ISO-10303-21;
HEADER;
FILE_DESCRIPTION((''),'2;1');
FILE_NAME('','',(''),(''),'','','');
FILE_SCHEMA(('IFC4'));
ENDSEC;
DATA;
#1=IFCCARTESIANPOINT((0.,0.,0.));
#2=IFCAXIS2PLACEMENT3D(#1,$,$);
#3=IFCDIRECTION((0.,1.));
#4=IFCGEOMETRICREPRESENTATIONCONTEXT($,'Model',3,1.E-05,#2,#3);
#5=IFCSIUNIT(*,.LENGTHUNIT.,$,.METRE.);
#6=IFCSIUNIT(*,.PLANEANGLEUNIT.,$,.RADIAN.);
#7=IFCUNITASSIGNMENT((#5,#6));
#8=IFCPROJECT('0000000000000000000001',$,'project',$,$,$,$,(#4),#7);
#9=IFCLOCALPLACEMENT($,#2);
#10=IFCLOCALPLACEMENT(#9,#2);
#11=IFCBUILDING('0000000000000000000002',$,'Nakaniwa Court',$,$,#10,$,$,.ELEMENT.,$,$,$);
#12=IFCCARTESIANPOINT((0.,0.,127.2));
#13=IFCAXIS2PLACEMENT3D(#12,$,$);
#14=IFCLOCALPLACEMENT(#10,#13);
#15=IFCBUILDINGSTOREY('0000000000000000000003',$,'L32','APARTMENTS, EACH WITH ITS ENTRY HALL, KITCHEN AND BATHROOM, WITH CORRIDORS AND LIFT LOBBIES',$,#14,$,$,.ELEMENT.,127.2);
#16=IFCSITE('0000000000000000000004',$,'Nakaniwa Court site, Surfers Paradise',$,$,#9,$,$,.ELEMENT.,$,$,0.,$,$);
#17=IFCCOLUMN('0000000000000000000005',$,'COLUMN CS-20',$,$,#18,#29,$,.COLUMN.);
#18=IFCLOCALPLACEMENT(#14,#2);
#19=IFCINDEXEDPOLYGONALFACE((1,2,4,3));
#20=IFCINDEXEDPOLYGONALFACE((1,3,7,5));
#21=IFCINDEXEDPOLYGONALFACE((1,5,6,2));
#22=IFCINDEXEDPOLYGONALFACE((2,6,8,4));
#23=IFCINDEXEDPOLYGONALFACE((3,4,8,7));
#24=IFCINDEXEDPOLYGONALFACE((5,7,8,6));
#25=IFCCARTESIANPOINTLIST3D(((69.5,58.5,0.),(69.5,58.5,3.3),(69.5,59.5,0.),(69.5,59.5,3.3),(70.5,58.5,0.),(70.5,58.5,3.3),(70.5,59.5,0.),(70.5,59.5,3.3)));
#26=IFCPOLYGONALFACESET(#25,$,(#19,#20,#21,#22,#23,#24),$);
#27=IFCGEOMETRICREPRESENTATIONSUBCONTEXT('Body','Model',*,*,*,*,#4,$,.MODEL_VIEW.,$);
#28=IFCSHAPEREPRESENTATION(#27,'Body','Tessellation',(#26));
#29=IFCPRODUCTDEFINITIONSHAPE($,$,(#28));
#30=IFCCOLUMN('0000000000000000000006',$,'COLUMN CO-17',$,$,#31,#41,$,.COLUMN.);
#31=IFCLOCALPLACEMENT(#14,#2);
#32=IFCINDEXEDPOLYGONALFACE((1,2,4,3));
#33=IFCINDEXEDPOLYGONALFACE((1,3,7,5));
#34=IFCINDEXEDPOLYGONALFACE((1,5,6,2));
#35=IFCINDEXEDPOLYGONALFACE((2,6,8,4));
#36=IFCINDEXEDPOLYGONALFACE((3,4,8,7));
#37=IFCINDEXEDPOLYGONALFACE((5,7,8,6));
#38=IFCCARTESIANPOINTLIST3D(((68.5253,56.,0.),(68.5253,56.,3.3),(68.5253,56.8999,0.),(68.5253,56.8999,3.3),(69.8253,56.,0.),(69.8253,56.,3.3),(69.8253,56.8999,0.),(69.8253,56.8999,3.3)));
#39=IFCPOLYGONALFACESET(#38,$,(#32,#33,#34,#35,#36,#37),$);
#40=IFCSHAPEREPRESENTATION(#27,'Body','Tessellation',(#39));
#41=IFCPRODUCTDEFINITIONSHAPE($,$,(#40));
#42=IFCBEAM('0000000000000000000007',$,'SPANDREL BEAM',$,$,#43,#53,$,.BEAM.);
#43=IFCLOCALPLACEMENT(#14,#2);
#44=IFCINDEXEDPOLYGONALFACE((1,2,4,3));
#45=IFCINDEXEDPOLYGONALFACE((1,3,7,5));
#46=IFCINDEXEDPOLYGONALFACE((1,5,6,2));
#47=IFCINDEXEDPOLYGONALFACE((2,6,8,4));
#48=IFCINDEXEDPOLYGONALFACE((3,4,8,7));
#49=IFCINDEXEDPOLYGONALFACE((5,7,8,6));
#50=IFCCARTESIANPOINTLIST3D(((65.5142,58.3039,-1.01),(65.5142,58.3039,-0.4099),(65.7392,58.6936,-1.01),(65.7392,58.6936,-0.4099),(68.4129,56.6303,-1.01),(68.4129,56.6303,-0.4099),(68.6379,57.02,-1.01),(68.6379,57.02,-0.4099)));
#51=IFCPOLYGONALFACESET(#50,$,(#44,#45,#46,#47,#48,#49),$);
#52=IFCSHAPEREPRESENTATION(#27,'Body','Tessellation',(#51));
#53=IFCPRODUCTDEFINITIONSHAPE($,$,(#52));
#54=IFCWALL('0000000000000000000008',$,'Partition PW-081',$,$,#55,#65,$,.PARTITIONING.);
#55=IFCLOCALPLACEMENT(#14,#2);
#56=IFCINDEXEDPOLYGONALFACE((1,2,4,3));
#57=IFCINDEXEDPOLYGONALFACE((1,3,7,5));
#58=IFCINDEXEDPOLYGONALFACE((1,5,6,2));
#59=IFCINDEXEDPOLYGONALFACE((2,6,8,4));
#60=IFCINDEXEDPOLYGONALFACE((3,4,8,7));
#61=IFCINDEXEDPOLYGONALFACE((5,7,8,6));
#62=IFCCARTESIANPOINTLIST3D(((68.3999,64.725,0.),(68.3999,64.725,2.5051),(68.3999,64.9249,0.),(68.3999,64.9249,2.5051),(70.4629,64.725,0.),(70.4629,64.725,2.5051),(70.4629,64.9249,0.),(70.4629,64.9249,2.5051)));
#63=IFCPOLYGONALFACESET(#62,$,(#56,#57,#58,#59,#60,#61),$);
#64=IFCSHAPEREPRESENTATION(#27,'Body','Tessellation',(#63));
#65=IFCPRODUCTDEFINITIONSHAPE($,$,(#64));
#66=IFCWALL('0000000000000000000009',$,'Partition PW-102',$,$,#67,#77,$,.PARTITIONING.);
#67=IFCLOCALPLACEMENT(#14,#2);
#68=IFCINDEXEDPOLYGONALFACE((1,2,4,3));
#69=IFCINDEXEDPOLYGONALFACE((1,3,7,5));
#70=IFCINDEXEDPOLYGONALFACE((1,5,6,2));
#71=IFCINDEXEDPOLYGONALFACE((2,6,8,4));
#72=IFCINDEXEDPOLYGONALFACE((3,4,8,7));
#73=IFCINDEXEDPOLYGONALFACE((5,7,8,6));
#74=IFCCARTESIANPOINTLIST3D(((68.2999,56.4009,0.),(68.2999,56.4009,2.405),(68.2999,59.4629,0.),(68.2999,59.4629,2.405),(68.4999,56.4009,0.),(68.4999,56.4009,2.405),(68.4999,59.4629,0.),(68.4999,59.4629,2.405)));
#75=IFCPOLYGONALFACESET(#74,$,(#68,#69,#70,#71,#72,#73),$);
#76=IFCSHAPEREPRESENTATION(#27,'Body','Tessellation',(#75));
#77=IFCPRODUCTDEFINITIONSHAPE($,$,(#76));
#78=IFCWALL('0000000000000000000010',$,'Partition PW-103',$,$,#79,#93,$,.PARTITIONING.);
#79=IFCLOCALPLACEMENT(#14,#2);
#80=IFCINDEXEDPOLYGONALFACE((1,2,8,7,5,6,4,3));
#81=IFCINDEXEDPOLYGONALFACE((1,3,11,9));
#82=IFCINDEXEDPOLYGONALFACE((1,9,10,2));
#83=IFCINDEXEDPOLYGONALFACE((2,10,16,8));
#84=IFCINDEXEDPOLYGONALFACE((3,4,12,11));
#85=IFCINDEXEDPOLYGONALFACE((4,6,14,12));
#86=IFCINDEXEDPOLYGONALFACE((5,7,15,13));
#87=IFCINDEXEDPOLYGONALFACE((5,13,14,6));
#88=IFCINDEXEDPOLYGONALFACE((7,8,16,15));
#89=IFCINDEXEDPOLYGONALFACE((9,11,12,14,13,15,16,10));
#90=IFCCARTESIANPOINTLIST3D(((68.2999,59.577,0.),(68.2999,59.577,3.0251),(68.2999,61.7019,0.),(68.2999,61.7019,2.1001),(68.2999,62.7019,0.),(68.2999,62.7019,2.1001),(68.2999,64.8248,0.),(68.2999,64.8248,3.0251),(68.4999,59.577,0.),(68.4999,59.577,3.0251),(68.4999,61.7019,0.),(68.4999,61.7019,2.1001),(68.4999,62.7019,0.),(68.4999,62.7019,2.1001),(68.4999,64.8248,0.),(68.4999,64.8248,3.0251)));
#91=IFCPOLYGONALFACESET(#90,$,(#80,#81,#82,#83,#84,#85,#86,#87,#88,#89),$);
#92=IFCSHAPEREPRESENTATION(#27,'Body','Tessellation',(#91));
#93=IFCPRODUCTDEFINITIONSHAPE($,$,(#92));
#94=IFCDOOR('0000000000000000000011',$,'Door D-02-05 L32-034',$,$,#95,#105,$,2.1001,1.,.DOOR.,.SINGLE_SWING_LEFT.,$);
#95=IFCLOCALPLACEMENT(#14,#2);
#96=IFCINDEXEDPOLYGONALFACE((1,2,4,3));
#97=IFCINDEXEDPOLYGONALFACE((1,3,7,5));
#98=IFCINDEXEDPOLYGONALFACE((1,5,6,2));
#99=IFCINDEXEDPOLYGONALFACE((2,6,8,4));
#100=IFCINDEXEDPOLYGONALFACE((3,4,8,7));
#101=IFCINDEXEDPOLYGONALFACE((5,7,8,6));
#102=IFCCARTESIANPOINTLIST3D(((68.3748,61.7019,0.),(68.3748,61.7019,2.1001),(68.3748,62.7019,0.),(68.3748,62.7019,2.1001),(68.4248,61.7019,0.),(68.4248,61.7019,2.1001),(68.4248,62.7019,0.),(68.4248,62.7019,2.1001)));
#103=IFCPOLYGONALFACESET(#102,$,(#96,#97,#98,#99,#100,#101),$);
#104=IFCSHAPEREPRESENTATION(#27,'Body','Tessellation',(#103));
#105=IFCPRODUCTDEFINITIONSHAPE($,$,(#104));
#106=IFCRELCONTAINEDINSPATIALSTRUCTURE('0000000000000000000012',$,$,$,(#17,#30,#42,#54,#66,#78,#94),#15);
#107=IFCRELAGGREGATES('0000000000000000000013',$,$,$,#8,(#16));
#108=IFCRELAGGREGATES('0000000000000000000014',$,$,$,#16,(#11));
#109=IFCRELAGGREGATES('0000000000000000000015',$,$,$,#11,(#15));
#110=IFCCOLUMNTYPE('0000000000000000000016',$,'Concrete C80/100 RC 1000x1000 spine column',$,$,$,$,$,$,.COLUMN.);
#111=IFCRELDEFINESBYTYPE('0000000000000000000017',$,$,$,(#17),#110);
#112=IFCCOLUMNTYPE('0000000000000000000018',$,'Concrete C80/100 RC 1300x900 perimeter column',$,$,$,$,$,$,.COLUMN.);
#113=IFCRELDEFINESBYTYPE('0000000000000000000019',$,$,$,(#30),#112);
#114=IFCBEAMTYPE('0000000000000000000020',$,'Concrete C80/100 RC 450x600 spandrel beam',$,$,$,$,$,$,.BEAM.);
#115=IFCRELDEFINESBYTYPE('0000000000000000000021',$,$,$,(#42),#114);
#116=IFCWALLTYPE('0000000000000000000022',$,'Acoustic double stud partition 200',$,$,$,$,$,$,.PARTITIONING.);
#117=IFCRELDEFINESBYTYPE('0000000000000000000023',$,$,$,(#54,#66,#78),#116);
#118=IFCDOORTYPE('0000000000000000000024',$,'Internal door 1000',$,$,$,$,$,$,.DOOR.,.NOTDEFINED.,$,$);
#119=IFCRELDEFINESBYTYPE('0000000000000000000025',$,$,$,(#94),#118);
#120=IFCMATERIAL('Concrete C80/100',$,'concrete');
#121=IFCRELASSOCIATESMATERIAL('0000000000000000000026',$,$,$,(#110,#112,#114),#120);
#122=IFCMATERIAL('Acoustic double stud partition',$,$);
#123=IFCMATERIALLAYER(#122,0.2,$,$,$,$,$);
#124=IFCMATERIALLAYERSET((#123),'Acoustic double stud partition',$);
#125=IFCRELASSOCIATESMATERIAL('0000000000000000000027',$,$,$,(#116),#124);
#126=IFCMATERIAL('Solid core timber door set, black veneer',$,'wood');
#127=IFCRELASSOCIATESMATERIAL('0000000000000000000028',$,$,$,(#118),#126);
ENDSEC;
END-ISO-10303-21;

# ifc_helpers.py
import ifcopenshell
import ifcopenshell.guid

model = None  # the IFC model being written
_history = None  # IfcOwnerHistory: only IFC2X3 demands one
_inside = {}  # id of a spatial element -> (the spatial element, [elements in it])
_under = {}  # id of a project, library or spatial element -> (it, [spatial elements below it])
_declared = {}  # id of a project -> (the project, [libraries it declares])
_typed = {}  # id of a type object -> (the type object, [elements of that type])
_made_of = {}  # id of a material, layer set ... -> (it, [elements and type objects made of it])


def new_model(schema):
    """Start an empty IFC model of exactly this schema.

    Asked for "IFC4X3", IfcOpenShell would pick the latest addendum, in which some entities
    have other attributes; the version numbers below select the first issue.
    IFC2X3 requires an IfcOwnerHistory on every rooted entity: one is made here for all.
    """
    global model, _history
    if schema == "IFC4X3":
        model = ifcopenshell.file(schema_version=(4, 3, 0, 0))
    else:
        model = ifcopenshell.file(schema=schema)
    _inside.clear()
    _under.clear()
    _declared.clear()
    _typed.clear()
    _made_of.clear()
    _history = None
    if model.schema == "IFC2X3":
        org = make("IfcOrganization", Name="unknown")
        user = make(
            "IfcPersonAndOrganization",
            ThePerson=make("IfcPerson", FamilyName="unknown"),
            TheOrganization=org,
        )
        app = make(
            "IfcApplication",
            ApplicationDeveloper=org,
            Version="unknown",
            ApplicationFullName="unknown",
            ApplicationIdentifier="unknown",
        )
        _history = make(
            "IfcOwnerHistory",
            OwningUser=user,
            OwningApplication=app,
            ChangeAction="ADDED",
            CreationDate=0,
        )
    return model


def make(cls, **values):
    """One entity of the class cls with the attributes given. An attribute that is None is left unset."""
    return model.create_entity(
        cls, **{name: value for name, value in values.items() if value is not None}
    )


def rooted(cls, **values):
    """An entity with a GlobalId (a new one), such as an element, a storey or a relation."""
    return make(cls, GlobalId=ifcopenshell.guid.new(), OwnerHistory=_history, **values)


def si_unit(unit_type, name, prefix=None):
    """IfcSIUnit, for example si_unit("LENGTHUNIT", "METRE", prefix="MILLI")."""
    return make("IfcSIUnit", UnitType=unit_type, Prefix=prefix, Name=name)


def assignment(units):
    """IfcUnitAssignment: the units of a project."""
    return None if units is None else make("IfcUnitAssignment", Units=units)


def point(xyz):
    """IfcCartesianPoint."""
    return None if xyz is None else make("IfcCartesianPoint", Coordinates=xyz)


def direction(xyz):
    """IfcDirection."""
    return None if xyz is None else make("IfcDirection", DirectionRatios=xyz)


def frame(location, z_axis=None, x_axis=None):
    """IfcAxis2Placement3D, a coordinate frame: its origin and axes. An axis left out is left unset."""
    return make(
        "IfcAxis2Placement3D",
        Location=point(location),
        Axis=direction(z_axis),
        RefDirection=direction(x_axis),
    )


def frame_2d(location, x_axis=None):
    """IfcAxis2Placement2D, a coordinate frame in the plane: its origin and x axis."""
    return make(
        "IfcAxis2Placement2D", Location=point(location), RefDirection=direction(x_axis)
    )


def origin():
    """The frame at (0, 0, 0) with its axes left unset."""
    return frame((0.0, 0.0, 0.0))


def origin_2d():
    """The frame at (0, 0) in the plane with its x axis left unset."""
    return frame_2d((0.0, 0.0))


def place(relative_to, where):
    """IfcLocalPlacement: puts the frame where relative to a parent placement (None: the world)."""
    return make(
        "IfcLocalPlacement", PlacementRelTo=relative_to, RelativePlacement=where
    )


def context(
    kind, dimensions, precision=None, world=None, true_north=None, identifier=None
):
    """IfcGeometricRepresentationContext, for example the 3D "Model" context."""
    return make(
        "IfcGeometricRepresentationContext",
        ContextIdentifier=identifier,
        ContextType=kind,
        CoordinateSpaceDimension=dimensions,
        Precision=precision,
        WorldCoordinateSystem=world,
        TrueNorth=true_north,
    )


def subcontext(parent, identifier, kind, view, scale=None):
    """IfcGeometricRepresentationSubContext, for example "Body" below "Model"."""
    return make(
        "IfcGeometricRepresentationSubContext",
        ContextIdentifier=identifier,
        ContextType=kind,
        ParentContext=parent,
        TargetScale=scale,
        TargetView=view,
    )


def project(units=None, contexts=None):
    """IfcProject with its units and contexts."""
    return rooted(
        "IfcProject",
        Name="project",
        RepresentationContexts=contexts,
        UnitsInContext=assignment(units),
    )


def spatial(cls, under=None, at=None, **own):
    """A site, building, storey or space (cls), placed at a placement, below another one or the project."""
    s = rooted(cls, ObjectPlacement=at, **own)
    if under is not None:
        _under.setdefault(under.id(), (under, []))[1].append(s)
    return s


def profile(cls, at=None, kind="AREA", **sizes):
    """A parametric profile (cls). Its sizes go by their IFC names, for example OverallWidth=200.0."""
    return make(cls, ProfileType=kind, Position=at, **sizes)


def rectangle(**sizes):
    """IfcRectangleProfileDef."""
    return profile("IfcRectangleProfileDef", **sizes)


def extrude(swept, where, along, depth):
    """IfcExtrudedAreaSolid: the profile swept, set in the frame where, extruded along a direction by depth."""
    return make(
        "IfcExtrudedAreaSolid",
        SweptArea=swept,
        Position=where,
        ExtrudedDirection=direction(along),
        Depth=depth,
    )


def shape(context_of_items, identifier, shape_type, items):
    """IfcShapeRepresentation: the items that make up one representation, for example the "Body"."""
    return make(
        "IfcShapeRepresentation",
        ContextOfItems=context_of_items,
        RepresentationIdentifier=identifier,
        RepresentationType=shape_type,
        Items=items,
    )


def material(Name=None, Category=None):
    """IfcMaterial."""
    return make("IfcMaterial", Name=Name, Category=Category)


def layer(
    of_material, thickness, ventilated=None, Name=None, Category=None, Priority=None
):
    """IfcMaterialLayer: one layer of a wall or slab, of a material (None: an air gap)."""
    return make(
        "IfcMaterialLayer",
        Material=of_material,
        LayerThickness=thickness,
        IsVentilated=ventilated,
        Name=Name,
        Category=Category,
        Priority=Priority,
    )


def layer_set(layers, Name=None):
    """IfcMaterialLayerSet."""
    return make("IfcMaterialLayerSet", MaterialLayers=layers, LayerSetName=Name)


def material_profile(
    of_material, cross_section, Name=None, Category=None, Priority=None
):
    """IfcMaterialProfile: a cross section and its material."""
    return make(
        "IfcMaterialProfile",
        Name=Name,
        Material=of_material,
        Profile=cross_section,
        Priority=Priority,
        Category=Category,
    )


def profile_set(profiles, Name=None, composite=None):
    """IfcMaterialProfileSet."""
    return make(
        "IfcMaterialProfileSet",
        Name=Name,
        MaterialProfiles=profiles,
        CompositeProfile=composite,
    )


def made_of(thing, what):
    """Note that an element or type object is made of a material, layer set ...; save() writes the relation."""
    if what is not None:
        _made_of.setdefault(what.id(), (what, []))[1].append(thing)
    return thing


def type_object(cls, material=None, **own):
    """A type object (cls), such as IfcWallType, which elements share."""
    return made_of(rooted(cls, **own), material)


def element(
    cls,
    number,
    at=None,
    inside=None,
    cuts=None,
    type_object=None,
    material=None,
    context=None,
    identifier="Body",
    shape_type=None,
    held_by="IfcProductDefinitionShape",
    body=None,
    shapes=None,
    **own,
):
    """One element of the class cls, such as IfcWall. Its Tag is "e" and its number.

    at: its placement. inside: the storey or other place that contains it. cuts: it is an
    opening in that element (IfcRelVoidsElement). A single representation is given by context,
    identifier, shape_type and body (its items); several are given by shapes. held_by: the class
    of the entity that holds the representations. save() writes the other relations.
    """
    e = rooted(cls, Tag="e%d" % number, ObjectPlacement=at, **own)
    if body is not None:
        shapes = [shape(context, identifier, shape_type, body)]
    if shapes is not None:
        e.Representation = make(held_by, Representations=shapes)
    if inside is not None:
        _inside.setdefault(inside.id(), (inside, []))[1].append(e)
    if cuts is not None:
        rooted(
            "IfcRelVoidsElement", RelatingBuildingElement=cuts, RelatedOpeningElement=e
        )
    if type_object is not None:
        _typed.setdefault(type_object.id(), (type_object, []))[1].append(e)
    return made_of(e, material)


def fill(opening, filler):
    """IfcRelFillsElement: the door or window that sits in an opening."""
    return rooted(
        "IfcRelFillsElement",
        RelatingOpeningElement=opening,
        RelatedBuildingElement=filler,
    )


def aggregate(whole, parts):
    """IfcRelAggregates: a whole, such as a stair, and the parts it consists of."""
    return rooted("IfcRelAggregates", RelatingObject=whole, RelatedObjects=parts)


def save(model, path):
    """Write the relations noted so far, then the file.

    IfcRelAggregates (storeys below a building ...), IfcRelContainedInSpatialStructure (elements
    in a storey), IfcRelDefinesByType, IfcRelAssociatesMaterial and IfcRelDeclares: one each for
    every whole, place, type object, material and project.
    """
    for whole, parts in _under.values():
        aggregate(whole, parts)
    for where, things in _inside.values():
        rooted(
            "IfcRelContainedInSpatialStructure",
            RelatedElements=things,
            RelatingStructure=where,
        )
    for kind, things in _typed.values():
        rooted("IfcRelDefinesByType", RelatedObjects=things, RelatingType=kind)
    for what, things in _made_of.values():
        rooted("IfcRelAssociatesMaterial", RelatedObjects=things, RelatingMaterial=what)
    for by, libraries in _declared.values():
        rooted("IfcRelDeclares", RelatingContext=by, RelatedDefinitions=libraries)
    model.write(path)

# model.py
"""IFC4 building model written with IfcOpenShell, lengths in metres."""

from ifc_helpers import new_model, si_unit, direction, frame, frame_2d, origin, origin_2d, place, context, subcontext, project, spatial, rectangle, extrude, material, layer, layer_set, material_profile, profile_set, type_object, element, fill, save


model = new_model("IFC4")

# Units and contexts
model_context = context("Model", 3, precision=1e-05, world=origin(), true_north=direction((0.0, 1.0)))
body_context = subcontext(model_context, "Body", "Model", "MODEL_VIEW")
ifc_project = project(units=[si_unit("LENGTHUNIT", "METRE"), si_unit("PLANEANGLEUNIT", "RADIAN")], contexts=[model_context])

# Site, building, storey
site_placement = place(None, origin())
site = spatial("IfcSite", under=ifc_project, at=site_placement, Name="Nakaniwa Court site, Surfers Paradise", CompositionType="ELEMENT", RefElevation=0.0)
building_placement = place(site_placement, origin())
building = spatial("IfcBuilding", under=site, at=building_placement, Name="Nakaniwa Court", CompositionType="ELEMENT")
storey_placement = place(building_placement, frame((0.0, 0.0, 127.2)))
storey = spatial("IfcBuildingStorey", under=building, at=storey_placement, Name="L32", Description="APARTMENTS, EACH WITH ITS ENTRY HALL, KITCHEN AND BATHROOM, WITH CORRIDORS AND LIFT LOBBIES", CompositionType="ELEMENT", Elevation=127.2)

# Columns
ifc_material_1 = material(Name="Concrete C80/100", Category="concrete")
ifc_material_profile_1 = material_profile(ifc_material_1, rectangle(XDim=1.0, YDim=1.0, at=origin_2d()), Name="Concrete C80/100 RC 1000x1000 spine column")
ifc_profile_set_1 = profile_set([ifc_material_profile_1], Name="Concrete C80/100")
column_type_1 = type_object("IfcColumnType", Name="Concrete C80/100 RC 1000x1000 spine column", PredefinedType="COLUMN", material=ifc_profile_set_1)
column_1_placement = place(storey_placement, frame((70.0, 59.0, 0.0), z_axis=(0.0, 0.0, 1.0), x_axis=(0.0, -1.0, 0.0)))
element("IfcColumn", 1, at=column_1_placement, inside=storey, type_object=column_type_1, Name="COLUMN CS-20", PredefinedType="COLUMN", context=body_context, shape_type="SweptSolid", body=[
    extrude(rectangle(XDim=1.0, YDim=1.0, at=origin_2d()), origin(), (0.0, 0.0, 1.0), 3.3),
])
ifc_material_profile_2 = material_profile(ifc_material_1, rectangle(XDim=1.3, YDim=0.8999, at=origin_2d()), Name="Concrete C80/100 RC 1300x900 perimeter column")
ifc_profile_set_2 = profile_set([ifc_material_profile_2], Name="Concrete C80/100")
column_type_2 = type_object("IfcColumnType", Name="Concrete C80/100 RC 1300x900 perimeter column", PredefinedType="COLUMN", material=ifc_profile_set_2)
column_2_placement = place(storey_placement, frame((69.1753, 56.45, 0.0), z_axis=(0.0, 0.0, 1.0), x_axis=(1.0, 0.0, 0.0)))
element("IfcColumn", 2, at=column_2_placement, inside=storey, type_object=column_type_2, Name="COLUMN CO-17", PredefinedType="COLUMN", context=body_context, shape_type="SweptSolid", body=[
    extrude(rectangle(XDim=1.3, YDim=0.8999, at=origin_2d()), origin(), (0.0, 0.0, 1.0), 3.3),
])

# Beam
ifc_material_profile_3 = material_profile(ifc_material_1, rectangle(XDim=0.45, YDim=0.6001, at=origin_2d()), Name="Concrete C80/100 RC 450x600 spandrel beam")
ifc_profile_set_3 = profile_set([ifc_material_profile_3], Name="Concrete C80/100")
beam_type = type_object("IfcBeamType", Name="Concrete C80/100 RC 450x600 spandrel beam", PredefinedType="BEAM", material=ifc_profile_set_3)
beam_placement = place(storey_placement, frame((65.6267, 58.4988, -0.71), z_axis=(0.866022, -0.500007, 0.0), x_axis=(0.500007, 0.866022, 0.0)))
element("IfcBeam", 3, at=beam_placement, inside=storey, type_object=beam_type, Name="SPANDREL BEAM", PredefinedType="BEAM", context=body_context, shape_type="SweptSolid", body=[
    extrude(rectangle(XDim=0.45, YDim=0.6001, at=origin_2d()), origin(), (0.0, 0.0, 1.0), 3.3472),
])

# Walls
ifc_material_2 = material(Name="Acoustic double stud partition")
ifc_layer_1 = layer(ifc_material_2, 0.2)
ifc_layer_set_1 = layer_set([ifc_layer_1], Name="Acoustic double stud partition")
wall_type_1 = type_object("IfcWallType", Name="Acoustic double stud partition 200", PredefinedType="PARTITIONING", material=ifc_layer_set_1)
wall_1_placement = place(storey_placement, frame((68.3999, 64.825, 0.0), z_axis=(0.0, 0.0, 1.0), x_axis=(1.0, 0.0, 0.0)))
element("IfcWall", 4, at=wall_1_placement, inside=storey, type_object=wall_type_1, Name="Partition PW-081", PredefinedType="PARTITIONING", context=body_context, shape_type="SweptSolid", body=[
    extrude(rectangle(XDim=2.063, YDim=0.2, at=frame_2d((1.0315, 0.0))), origin(), (0.0, 0.0, 1.0), 2.5051),
])
wall_2_placement = place(storey_placement, frame((68.3999, 56.4009, 0.0), z_axis=(0.0, 0.0, 1.0), x_axis=(0.0, 1.0, 0.0)))
element("IfcWall", 5, at=wall_2_placement, inside=storey, type_object=wall_type_1, Name="Partition PW-102", PredefinedType="PARTITIONING", context=body_context, shape_type="SweptSolid", body=[
    extrude(rectangle(XDim=3.062, YDim=0.2, at=frame_2d((1.531, 0.0))), origin(), (0.0, 0.0, 1.0), 2.405),
])

# Wall, opening, door
wall_3_placement = place(storey_placement, frame((68.3999, 64.825, 0.0), z_axis=(0.0, 0.0, 1.0), x_axis=(0.0, -1.0, 0.0)))
wall_3 = element("IfcWall", 6, at=wall_3_placement, inside=storey, type_object=wall_type_1, Name="Partition PW-103", PredefinedType="PARTITIONING", context=body_context, shape_type="SweptSolid", body=[
    extrude(rectangle(XDim=5.2478, YDim=0.2, at=frame_2d((2.624, 0.0))), origin(), (0.0, 0.0, 1.0), 3.0251),
])
opening_1_placement = place(wall_3_placement, frame((2.123, 0.0, 0.0)))
opening_1 = element("IfcOpeningElement", 7, at=opening_1_placement, cuts=wall_3, PredefinedType="OPENING", context=body_context, shape_type="SweptSolid", body=[
    extrude(rectangle(XDim=1.0, YDim=2.1001, at=frame_2d((0.5, 1.05))), frame((0.0, 0.1099, 0.0), z_axis=(0.0, -1.0, 0.0), x_axis=(1.0, 0.0, 0.0)), (0.0, 0.0, 1.0), 0.22),
])
ifc_material_3 = material(Name="Solid core timber door set, black veneer", Category="wood")
door_type_1 = type_object("IfcDoorType", Name="Internal door 1000", OperationType="NOTDEFINED", PredefinedType="DOOR", material=ifc_material_3)
door_1_placement = place(opening_1_placement, origin())
door_1 = element("IfcDoor", 8, at=door_1_placement, inside=storey, type_object=door_type_1, Name="Door D-02-05 L32-034", OperationType="SINGLE_SWING_LEFT", OverallHeight=2.1001, OverallWidth=1.0, PredefinedType="DOOR", context=body_context, shape_type="SweptSolid", body=[
    extrude(rectangle(XDim=1.0, YDim=2.1001, at=frame_2d((0.5, 1.05))), frame((0.0, 0.0249, 0.0), z_axis=(0.0, -1.0, 0.0), x_axis=(1.0, 0.0, 0.0)), (0.0, 0.0, 1.0), 0.05),
])
fill(opening_1, door_1)

save(model, "model.ifc")
